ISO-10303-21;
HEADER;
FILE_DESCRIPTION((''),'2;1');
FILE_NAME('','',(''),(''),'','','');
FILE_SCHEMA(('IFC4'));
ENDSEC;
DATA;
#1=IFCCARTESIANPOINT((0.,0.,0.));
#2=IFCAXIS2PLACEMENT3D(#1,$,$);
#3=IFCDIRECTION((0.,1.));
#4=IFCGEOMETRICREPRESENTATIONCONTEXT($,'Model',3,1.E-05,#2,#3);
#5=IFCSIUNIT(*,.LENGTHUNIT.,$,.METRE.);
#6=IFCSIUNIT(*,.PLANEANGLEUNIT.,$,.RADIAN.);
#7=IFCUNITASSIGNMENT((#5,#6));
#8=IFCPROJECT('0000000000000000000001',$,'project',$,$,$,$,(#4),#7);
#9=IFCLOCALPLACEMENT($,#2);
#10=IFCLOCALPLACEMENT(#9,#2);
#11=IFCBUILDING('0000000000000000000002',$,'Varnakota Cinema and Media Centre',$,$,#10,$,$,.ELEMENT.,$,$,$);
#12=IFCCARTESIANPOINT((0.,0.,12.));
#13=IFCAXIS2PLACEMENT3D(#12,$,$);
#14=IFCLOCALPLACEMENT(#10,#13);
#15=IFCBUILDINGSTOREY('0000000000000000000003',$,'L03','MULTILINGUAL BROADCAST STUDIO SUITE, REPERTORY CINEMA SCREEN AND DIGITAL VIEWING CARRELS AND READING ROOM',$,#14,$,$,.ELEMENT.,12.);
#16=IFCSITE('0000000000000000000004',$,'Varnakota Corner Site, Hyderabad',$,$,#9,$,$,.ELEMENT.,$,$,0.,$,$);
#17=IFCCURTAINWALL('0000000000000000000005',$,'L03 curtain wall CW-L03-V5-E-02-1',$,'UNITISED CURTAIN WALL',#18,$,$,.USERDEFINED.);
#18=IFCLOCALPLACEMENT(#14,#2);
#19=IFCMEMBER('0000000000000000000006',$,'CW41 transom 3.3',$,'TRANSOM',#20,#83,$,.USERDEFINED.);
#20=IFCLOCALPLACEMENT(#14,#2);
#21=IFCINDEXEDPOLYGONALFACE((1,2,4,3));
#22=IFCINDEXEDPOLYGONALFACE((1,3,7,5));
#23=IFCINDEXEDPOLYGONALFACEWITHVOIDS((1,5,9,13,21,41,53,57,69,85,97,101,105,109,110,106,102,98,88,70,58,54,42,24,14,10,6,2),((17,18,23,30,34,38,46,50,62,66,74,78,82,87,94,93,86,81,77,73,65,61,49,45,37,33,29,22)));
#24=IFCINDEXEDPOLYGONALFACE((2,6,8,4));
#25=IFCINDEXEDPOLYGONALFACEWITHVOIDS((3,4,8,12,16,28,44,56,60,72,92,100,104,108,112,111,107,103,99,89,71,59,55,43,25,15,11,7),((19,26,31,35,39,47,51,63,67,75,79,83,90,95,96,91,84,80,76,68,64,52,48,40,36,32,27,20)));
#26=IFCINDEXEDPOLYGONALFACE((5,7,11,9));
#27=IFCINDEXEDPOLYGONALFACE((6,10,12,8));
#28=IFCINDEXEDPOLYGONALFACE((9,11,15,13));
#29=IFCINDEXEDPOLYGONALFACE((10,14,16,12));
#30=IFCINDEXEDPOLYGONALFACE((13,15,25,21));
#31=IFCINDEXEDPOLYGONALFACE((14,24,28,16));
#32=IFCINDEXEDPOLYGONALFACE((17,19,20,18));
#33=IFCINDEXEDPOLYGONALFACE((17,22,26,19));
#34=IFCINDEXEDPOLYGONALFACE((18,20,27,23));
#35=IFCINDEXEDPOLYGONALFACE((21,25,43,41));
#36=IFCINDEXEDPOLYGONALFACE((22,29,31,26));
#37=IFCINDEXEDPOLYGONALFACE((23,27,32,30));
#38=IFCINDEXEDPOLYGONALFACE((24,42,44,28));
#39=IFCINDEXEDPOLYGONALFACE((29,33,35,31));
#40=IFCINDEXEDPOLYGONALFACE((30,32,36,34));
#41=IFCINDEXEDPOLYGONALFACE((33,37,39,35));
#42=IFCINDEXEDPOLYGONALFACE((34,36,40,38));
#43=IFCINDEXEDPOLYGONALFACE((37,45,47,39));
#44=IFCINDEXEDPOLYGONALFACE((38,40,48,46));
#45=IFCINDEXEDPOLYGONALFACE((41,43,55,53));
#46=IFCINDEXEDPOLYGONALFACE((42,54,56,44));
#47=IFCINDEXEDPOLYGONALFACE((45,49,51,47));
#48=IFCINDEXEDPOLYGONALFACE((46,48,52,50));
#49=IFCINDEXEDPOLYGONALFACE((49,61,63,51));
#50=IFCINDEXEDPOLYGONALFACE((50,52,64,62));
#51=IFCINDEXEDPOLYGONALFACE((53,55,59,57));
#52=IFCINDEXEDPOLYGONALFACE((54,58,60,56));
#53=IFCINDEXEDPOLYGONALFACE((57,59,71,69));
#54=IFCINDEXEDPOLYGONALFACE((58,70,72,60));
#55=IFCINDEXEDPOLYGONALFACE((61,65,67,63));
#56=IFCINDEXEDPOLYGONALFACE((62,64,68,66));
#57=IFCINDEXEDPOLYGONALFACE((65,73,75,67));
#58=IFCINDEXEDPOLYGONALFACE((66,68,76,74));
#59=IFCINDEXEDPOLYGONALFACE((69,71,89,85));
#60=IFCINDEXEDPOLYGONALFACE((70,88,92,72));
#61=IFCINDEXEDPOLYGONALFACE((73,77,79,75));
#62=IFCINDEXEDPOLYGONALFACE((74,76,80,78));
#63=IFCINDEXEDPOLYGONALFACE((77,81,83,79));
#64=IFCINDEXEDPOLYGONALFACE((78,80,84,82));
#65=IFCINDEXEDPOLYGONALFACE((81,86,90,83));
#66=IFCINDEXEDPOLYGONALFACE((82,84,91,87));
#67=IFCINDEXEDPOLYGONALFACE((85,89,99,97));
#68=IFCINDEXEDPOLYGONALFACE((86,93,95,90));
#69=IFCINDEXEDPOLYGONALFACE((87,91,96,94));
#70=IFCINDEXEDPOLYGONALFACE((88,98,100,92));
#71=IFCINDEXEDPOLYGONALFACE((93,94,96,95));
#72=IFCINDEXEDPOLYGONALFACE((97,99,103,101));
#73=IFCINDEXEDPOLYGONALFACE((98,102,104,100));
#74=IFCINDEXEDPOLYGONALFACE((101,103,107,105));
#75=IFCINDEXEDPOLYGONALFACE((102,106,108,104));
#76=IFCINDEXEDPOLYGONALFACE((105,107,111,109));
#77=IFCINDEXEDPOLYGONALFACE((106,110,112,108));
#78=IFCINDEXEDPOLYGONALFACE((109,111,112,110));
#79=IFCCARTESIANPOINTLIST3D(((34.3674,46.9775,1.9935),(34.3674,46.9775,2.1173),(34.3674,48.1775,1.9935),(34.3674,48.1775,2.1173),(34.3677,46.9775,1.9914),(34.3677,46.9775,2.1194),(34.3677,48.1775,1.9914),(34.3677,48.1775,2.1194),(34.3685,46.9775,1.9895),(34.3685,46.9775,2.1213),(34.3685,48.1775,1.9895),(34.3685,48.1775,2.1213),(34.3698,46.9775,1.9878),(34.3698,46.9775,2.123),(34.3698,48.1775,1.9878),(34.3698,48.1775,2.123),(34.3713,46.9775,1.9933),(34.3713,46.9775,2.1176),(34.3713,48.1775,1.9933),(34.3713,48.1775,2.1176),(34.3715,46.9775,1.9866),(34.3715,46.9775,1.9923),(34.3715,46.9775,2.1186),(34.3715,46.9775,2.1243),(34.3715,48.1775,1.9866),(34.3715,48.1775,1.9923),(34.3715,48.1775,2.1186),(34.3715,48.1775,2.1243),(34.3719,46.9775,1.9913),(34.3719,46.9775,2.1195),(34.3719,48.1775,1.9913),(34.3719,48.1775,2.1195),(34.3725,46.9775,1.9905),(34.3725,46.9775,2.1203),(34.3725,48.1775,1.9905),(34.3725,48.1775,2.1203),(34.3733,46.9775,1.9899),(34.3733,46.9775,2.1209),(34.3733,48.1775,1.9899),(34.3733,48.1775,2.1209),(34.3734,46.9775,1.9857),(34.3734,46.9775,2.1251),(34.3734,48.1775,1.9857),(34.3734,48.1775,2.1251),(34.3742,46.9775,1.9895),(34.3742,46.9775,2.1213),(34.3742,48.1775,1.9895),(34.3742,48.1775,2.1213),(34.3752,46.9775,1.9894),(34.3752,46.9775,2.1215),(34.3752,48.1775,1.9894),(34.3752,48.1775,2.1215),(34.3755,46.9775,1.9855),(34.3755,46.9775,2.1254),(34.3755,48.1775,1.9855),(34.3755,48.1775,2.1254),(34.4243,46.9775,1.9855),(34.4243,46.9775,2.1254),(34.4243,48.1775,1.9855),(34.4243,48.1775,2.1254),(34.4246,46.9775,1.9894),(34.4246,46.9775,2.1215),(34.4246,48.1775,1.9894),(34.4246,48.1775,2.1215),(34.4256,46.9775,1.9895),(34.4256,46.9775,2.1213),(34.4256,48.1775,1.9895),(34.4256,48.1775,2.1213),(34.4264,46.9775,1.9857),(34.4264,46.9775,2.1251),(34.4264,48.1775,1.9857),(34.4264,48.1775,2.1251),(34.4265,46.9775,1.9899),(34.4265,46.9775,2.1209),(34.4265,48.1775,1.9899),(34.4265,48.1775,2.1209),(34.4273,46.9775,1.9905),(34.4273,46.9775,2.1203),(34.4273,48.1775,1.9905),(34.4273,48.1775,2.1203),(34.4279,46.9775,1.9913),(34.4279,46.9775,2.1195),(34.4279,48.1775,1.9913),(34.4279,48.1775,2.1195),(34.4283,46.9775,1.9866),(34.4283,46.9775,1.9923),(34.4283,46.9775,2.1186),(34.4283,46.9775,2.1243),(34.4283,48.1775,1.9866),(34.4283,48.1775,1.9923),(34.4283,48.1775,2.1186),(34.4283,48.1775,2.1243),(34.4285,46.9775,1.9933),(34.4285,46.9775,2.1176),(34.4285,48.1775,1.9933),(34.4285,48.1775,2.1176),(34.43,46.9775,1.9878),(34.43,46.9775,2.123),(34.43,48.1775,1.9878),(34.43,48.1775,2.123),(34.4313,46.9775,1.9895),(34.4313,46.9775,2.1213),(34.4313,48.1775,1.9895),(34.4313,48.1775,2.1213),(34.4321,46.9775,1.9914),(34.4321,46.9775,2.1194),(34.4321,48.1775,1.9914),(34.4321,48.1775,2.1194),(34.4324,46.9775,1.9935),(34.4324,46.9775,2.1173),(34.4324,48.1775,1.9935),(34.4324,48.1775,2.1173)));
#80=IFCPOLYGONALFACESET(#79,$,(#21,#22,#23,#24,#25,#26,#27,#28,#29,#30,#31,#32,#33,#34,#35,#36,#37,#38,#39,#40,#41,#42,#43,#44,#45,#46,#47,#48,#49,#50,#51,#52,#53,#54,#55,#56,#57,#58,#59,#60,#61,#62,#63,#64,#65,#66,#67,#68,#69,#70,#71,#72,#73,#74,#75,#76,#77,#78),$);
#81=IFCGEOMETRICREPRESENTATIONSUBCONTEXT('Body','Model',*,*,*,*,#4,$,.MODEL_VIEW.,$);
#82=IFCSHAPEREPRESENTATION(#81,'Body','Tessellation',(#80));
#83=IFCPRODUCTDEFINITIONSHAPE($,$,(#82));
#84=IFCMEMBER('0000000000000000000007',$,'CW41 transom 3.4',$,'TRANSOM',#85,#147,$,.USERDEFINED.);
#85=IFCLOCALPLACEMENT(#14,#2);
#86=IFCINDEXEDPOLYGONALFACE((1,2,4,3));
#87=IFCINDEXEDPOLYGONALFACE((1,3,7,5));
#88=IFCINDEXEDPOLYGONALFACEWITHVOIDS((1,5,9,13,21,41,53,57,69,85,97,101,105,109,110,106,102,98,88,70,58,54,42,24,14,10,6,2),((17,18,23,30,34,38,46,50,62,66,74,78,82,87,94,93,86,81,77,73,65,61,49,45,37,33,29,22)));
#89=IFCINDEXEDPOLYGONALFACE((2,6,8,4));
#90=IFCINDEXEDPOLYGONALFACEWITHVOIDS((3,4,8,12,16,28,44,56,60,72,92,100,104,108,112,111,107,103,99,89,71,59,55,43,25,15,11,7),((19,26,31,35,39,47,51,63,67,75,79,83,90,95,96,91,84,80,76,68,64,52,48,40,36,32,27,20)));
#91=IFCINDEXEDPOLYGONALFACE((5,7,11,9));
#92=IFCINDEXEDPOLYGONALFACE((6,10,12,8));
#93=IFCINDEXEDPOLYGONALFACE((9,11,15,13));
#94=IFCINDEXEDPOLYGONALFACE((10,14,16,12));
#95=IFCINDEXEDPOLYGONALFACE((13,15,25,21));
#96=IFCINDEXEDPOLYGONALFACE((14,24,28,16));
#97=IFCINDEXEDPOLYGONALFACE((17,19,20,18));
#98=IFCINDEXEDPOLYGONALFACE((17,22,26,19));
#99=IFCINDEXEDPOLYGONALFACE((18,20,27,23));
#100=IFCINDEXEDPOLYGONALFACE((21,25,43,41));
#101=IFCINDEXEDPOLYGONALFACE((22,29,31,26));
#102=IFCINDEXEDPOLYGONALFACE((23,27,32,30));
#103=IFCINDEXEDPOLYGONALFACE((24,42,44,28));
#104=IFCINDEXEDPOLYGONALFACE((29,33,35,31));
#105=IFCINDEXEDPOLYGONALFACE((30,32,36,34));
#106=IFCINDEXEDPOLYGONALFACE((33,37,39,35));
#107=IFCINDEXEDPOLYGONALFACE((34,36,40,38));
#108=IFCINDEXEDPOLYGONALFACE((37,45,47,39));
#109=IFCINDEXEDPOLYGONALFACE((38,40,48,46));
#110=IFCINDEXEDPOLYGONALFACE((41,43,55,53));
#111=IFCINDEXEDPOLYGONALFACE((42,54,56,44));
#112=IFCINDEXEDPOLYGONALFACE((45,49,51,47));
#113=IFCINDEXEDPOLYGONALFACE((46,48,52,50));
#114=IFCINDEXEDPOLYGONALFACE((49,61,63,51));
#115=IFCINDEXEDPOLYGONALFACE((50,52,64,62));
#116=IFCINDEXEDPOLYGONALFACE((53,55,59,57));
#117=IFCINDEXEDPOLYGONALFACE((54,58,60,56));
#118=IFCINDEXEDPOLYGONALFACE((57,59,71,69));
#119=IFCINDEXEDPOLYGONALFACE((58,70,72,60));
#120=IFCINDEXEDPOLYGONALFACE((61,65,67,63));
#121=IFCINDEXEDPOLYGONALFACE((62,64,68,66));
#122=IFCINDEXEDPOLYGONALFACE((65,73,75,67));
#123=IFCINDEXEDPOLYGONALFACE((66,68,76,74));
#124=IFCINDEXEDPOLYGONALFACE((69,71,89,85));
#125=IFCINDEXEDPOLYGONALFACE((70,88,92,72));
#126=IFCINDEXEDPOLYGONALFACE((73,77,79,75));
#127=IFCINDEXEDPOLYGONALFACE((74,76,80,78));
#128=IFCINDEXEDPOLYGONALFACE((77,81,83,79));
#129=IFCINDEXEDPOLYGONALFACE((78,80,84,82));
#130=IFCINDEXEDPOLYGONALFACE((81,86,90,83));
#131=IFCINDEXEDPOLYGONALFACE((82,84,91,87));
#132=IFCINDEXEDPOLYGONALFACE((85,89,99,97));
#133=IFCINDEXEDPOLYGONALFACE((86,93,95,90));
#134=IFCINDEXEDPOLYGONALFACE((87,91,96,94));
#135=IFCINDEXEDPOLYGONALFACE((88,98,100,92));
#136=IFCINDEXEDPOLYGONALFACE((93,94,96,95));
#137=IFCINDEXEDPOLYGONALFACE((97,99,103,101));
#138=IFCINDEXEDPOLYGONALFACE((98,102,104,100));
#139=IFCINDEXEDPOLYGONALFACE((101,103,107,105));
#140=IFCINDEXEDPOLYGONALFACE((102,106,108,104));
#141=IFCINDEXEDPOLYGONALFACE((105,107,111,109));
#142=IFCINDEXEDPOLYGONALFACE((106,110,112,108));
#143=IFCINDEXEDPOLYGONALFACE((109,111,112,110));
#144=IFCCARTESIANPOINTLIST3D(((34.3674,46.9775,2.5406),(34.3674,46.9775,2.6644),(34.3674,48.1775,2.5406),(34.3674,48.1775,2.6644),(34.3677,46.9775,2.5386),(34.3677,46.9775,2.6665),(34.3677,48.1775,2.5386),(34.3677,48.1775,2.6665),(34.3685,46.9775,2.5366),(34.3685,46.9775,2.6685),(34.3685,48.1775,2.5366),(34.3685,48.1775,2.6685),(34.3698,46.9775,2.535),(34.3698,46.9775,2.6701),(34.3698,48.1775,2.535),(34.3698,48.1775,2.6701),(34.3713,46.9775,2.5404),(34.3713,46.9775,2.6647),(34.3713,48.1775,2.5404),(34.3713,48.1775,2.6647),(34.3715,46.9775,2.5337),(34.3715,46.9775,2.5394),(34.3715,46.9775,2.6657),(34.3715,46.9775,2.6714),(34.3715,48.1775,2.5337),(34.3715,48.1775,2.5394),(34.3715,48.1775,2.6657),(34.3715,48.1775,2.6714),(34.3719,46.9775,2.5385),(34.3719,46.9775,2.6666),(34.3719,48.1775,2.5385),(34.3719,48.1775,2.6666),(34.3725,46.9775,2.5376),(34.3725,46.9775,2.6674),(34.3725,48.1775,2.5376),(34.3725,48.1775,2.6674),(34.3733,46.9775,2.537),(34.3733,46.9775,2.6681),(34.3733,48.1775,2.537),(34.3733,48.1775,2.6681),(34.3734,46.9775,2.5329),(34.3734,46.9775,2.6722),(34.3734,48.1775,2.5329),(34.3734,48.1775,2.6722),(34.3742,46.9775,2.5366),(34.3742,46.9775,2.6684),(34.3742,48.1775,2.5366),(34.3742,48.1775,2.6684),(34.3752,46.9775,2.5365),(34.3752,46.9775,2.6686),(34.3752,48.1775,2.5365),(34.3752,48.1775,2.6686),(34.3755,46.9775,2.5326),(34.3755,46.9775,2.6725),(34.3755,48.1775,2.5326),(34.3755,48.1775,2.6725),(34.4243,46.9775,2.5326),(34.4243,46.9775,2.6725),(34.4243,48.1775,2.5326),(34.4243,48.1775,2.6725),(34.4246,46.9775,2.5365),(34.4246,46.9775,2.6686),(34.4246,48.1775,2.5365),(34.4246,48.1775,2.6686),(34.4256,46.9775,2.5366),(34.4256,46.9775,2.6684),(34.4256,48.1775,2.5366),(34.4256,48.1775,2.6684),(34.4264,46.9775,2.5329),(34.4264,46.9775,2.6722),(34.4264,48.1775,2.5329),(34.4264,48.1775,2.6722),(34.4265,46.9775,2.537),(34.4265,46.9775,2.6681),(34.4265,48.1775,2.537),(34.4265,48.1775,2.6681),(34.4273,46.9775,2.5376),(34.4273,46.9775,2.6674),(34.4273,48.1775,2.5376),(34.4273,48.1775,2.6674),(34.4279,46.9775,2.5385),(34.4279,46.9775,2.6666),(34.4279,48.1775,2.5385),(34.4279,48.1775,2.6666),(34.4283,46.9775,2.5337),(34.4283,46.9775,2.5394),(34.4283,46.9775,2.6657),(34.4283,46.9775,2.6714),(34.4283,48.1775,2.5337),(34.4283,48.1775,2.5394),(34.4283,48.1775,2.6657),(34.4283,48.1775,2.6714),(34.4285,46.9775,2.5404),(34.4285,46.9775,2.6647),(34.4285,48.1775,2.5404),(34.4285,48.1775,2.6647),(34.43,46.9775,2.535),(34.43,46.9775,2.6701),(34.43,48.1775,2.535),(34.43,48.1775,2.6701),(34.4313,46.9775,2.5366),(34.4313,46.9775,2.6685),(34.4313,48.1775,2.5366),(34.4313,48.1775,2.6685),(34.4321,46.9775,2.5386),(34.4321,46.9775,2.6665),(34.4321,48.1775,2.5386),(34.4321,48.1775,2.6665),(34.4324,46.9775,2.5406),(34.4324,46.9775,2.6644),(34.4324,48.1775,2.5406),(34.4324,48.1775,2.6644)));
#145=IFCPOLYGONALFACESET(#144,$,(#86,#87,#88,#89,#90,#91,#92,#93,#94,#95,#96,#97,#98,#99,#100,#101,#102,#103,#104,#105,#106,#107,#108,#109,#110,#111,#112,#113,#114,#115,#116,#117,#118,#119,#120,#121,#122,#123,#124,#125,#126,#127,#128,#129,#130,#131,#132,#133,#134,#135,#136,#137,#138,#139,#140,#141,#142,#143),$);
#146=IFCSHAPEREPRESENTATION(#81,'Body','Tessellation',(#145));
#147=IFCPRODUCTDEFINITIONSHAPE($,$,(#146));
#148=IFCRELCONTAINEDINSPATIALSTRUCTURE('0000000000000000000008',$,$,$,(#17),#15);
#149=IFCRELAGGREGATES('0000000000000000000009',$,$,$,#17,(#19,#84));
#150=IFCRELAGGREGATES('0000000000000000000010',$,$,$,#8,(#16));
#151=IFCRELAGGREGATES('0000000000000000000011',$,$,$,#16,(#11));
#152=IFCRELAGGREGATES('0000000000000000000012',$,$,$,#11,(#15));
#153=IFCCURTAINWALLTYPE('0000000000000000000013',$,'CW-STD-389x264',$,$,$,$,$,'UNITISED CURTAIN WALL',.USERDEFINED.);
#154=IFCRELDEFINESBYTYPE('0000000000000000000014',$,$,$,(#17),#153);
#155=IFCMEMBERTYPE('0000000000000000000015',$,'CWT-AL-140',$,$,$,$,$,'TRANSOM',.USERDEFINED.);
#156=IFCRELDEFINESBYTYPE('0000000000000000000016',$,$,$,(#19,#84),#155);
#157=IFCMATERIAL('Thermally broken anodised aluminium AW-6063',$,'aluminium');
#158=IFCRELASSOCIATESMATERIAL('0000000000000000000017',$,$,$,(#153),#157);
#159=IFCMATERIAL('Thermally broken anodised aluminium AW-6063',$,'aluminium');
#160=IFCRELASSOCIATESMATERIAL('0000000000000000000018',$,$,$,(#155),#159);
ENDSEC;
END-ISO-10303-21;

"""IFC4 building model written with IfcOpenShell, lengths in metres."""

from ifc_helpers import new_model, si_unit, direction, frame, origin, origin_2d, place, context, subcontext, project, spatial, hollow_rectangle, extrude, material, material_profile, profile_set, type_object, element, aggregate, save


model = new_model("IFC4")

# Units and contexts
model_context = context("Model", 3, precision=1e-05, world=origin(), true_north=direction((0.0, 1.0)))
body_context = subcontext(model_context, "Body", "Model", "MODEL_VIEW")
ifc_project = project(units=[si_unit("LENGTHUNIT", "METRE"), si_unit("PLANEANGLEUNIT", "RADIAN")], contexts=[model_context])

# Site, building, storey
site_placement = place(None, origin())
site = spatial("IfcSite", under=ifc_project, at=site_placement, Name="Varnakota Corner Site, Hyderabad", CompositionType="ELEMENT", RefElevation=0.0)
building_placement = place(site_placement, origin())
building = spatial("IfcBuilding", under=site, at=building_placement, Name="Varnakota Cinema and Media Centre", CompositionType="ELEMENT")
storey_placement = place(building_placement, frame((0.0, 0.0, 12.0)))
storey = spatial("IfcBuildingStorey", under=building, at=storey_placement, Name="L03", Description="MULTILINGUAL BROADCAST STUDIO SUITE, REPERTORY CINEMA SCREEN AND DIGITAL VIEWING CARRELS AND READING ROOM", CompositionType="ELEMENT", Elevation=12.0)

# Curtain wall
ifc_material_1 = material(Name="Thermally broken anodised aluminium AW-6063", Category="aluminium")
curtain_wall_type = type_object("IfcCurtainWallType", Name="CW-STD-389x264", ElementType="UNITISED CURTAIN WALL", PredefinedType="USERDEFINED", material=ifc_material_1)
curtain_wall_1_placement = place(storey_placement, origin())
curtain_wall_1 = element("IfcCurtainWall", 1, at=curtain_wall_1_placement, inside=storey, type_object=curtain_wall_type, Name="L03 curtain wall CW-L03-V5-E-02-1", ObjectType="UNITISED CURTAIN WALL", PredefinedType="USERDEFINED")

# Members
ifc_material_2 = material(Name="Thermally broken anodised aluminium AW-6063", Category="aluminium")
ifc_material_profile_1 = material_profile(ifc_material_2, hollow_rectangle(XDim=0.0649, YDim=0.1399, WallThickness=0.0039, InnerFilletRadius=0.0039, OuterFilletRadius=0.0081, at=origin_2d()), Name="AL-TRANSOM 140x65x4")
ifc_profile_set_1 = profile_set([ifc_material_profile_1], Name="Thermally broken anodised aluminium AW-6063")
member_type_1 = type_object("IfcMemberType", Name="CWT-AL-140", ElementType="TRANSOM", PredefinedType="USERDEFINED", material=ifc_profile_set_1)
member_1_placement = place(storey_placement, frame((34.3999, 46.9775, 2.0554), z_axis=(0.0, 1.0, 0.0), x_axis=(-1.0, 0.0, 0.0)))
member_1 = element("IfcMember", 2, at=member_1_placement, type_object=member_type_1, Name="CW41 transom 3.3", ObjectType="TRANSOM", PredefinedType="USERDEFINED", context=body_context, shape_type="SweptSolid", body=[
    extrude(hollow_rectangle(XDim=0.0649, YDim=0.1399, WallThickness=0.0039, InnerFilletRadius=0.0039, OuterFilletRadius=0.0081, at=origin_2d()), origin(), (0.0, 0.0, 1.0), 1.2),
])
member_2_placement = place(storey_placement, frame((34.3999, 46.9775, 2.6025), z_axis=(0.0, 1.0, 0.0), x_axis=(-1.0, 0.0, 0.0)))
member_2 = element("IfcMember", 3, at=member_2_placement, type_object=member_type_1, Name="CW41 transom 3.4", ObjectType="TRANSOM", PredefinedType="USERDEFINED", context=body_context, shape_type="SweptSolid", body=[
    extrude(hollow_rectangle(XDim=0.0649, YDim=0.1399, WallThickness=0.0039, InnerFilletRadius=0.0039, OuterFilletRadius=0.0081, at=origin_2d()), origin(), (0.0, 0.0, 1.0), 1.2),
])

aggregate(curtain_wall_1, [member_1, member_2])

save(model, "model.ifc")
